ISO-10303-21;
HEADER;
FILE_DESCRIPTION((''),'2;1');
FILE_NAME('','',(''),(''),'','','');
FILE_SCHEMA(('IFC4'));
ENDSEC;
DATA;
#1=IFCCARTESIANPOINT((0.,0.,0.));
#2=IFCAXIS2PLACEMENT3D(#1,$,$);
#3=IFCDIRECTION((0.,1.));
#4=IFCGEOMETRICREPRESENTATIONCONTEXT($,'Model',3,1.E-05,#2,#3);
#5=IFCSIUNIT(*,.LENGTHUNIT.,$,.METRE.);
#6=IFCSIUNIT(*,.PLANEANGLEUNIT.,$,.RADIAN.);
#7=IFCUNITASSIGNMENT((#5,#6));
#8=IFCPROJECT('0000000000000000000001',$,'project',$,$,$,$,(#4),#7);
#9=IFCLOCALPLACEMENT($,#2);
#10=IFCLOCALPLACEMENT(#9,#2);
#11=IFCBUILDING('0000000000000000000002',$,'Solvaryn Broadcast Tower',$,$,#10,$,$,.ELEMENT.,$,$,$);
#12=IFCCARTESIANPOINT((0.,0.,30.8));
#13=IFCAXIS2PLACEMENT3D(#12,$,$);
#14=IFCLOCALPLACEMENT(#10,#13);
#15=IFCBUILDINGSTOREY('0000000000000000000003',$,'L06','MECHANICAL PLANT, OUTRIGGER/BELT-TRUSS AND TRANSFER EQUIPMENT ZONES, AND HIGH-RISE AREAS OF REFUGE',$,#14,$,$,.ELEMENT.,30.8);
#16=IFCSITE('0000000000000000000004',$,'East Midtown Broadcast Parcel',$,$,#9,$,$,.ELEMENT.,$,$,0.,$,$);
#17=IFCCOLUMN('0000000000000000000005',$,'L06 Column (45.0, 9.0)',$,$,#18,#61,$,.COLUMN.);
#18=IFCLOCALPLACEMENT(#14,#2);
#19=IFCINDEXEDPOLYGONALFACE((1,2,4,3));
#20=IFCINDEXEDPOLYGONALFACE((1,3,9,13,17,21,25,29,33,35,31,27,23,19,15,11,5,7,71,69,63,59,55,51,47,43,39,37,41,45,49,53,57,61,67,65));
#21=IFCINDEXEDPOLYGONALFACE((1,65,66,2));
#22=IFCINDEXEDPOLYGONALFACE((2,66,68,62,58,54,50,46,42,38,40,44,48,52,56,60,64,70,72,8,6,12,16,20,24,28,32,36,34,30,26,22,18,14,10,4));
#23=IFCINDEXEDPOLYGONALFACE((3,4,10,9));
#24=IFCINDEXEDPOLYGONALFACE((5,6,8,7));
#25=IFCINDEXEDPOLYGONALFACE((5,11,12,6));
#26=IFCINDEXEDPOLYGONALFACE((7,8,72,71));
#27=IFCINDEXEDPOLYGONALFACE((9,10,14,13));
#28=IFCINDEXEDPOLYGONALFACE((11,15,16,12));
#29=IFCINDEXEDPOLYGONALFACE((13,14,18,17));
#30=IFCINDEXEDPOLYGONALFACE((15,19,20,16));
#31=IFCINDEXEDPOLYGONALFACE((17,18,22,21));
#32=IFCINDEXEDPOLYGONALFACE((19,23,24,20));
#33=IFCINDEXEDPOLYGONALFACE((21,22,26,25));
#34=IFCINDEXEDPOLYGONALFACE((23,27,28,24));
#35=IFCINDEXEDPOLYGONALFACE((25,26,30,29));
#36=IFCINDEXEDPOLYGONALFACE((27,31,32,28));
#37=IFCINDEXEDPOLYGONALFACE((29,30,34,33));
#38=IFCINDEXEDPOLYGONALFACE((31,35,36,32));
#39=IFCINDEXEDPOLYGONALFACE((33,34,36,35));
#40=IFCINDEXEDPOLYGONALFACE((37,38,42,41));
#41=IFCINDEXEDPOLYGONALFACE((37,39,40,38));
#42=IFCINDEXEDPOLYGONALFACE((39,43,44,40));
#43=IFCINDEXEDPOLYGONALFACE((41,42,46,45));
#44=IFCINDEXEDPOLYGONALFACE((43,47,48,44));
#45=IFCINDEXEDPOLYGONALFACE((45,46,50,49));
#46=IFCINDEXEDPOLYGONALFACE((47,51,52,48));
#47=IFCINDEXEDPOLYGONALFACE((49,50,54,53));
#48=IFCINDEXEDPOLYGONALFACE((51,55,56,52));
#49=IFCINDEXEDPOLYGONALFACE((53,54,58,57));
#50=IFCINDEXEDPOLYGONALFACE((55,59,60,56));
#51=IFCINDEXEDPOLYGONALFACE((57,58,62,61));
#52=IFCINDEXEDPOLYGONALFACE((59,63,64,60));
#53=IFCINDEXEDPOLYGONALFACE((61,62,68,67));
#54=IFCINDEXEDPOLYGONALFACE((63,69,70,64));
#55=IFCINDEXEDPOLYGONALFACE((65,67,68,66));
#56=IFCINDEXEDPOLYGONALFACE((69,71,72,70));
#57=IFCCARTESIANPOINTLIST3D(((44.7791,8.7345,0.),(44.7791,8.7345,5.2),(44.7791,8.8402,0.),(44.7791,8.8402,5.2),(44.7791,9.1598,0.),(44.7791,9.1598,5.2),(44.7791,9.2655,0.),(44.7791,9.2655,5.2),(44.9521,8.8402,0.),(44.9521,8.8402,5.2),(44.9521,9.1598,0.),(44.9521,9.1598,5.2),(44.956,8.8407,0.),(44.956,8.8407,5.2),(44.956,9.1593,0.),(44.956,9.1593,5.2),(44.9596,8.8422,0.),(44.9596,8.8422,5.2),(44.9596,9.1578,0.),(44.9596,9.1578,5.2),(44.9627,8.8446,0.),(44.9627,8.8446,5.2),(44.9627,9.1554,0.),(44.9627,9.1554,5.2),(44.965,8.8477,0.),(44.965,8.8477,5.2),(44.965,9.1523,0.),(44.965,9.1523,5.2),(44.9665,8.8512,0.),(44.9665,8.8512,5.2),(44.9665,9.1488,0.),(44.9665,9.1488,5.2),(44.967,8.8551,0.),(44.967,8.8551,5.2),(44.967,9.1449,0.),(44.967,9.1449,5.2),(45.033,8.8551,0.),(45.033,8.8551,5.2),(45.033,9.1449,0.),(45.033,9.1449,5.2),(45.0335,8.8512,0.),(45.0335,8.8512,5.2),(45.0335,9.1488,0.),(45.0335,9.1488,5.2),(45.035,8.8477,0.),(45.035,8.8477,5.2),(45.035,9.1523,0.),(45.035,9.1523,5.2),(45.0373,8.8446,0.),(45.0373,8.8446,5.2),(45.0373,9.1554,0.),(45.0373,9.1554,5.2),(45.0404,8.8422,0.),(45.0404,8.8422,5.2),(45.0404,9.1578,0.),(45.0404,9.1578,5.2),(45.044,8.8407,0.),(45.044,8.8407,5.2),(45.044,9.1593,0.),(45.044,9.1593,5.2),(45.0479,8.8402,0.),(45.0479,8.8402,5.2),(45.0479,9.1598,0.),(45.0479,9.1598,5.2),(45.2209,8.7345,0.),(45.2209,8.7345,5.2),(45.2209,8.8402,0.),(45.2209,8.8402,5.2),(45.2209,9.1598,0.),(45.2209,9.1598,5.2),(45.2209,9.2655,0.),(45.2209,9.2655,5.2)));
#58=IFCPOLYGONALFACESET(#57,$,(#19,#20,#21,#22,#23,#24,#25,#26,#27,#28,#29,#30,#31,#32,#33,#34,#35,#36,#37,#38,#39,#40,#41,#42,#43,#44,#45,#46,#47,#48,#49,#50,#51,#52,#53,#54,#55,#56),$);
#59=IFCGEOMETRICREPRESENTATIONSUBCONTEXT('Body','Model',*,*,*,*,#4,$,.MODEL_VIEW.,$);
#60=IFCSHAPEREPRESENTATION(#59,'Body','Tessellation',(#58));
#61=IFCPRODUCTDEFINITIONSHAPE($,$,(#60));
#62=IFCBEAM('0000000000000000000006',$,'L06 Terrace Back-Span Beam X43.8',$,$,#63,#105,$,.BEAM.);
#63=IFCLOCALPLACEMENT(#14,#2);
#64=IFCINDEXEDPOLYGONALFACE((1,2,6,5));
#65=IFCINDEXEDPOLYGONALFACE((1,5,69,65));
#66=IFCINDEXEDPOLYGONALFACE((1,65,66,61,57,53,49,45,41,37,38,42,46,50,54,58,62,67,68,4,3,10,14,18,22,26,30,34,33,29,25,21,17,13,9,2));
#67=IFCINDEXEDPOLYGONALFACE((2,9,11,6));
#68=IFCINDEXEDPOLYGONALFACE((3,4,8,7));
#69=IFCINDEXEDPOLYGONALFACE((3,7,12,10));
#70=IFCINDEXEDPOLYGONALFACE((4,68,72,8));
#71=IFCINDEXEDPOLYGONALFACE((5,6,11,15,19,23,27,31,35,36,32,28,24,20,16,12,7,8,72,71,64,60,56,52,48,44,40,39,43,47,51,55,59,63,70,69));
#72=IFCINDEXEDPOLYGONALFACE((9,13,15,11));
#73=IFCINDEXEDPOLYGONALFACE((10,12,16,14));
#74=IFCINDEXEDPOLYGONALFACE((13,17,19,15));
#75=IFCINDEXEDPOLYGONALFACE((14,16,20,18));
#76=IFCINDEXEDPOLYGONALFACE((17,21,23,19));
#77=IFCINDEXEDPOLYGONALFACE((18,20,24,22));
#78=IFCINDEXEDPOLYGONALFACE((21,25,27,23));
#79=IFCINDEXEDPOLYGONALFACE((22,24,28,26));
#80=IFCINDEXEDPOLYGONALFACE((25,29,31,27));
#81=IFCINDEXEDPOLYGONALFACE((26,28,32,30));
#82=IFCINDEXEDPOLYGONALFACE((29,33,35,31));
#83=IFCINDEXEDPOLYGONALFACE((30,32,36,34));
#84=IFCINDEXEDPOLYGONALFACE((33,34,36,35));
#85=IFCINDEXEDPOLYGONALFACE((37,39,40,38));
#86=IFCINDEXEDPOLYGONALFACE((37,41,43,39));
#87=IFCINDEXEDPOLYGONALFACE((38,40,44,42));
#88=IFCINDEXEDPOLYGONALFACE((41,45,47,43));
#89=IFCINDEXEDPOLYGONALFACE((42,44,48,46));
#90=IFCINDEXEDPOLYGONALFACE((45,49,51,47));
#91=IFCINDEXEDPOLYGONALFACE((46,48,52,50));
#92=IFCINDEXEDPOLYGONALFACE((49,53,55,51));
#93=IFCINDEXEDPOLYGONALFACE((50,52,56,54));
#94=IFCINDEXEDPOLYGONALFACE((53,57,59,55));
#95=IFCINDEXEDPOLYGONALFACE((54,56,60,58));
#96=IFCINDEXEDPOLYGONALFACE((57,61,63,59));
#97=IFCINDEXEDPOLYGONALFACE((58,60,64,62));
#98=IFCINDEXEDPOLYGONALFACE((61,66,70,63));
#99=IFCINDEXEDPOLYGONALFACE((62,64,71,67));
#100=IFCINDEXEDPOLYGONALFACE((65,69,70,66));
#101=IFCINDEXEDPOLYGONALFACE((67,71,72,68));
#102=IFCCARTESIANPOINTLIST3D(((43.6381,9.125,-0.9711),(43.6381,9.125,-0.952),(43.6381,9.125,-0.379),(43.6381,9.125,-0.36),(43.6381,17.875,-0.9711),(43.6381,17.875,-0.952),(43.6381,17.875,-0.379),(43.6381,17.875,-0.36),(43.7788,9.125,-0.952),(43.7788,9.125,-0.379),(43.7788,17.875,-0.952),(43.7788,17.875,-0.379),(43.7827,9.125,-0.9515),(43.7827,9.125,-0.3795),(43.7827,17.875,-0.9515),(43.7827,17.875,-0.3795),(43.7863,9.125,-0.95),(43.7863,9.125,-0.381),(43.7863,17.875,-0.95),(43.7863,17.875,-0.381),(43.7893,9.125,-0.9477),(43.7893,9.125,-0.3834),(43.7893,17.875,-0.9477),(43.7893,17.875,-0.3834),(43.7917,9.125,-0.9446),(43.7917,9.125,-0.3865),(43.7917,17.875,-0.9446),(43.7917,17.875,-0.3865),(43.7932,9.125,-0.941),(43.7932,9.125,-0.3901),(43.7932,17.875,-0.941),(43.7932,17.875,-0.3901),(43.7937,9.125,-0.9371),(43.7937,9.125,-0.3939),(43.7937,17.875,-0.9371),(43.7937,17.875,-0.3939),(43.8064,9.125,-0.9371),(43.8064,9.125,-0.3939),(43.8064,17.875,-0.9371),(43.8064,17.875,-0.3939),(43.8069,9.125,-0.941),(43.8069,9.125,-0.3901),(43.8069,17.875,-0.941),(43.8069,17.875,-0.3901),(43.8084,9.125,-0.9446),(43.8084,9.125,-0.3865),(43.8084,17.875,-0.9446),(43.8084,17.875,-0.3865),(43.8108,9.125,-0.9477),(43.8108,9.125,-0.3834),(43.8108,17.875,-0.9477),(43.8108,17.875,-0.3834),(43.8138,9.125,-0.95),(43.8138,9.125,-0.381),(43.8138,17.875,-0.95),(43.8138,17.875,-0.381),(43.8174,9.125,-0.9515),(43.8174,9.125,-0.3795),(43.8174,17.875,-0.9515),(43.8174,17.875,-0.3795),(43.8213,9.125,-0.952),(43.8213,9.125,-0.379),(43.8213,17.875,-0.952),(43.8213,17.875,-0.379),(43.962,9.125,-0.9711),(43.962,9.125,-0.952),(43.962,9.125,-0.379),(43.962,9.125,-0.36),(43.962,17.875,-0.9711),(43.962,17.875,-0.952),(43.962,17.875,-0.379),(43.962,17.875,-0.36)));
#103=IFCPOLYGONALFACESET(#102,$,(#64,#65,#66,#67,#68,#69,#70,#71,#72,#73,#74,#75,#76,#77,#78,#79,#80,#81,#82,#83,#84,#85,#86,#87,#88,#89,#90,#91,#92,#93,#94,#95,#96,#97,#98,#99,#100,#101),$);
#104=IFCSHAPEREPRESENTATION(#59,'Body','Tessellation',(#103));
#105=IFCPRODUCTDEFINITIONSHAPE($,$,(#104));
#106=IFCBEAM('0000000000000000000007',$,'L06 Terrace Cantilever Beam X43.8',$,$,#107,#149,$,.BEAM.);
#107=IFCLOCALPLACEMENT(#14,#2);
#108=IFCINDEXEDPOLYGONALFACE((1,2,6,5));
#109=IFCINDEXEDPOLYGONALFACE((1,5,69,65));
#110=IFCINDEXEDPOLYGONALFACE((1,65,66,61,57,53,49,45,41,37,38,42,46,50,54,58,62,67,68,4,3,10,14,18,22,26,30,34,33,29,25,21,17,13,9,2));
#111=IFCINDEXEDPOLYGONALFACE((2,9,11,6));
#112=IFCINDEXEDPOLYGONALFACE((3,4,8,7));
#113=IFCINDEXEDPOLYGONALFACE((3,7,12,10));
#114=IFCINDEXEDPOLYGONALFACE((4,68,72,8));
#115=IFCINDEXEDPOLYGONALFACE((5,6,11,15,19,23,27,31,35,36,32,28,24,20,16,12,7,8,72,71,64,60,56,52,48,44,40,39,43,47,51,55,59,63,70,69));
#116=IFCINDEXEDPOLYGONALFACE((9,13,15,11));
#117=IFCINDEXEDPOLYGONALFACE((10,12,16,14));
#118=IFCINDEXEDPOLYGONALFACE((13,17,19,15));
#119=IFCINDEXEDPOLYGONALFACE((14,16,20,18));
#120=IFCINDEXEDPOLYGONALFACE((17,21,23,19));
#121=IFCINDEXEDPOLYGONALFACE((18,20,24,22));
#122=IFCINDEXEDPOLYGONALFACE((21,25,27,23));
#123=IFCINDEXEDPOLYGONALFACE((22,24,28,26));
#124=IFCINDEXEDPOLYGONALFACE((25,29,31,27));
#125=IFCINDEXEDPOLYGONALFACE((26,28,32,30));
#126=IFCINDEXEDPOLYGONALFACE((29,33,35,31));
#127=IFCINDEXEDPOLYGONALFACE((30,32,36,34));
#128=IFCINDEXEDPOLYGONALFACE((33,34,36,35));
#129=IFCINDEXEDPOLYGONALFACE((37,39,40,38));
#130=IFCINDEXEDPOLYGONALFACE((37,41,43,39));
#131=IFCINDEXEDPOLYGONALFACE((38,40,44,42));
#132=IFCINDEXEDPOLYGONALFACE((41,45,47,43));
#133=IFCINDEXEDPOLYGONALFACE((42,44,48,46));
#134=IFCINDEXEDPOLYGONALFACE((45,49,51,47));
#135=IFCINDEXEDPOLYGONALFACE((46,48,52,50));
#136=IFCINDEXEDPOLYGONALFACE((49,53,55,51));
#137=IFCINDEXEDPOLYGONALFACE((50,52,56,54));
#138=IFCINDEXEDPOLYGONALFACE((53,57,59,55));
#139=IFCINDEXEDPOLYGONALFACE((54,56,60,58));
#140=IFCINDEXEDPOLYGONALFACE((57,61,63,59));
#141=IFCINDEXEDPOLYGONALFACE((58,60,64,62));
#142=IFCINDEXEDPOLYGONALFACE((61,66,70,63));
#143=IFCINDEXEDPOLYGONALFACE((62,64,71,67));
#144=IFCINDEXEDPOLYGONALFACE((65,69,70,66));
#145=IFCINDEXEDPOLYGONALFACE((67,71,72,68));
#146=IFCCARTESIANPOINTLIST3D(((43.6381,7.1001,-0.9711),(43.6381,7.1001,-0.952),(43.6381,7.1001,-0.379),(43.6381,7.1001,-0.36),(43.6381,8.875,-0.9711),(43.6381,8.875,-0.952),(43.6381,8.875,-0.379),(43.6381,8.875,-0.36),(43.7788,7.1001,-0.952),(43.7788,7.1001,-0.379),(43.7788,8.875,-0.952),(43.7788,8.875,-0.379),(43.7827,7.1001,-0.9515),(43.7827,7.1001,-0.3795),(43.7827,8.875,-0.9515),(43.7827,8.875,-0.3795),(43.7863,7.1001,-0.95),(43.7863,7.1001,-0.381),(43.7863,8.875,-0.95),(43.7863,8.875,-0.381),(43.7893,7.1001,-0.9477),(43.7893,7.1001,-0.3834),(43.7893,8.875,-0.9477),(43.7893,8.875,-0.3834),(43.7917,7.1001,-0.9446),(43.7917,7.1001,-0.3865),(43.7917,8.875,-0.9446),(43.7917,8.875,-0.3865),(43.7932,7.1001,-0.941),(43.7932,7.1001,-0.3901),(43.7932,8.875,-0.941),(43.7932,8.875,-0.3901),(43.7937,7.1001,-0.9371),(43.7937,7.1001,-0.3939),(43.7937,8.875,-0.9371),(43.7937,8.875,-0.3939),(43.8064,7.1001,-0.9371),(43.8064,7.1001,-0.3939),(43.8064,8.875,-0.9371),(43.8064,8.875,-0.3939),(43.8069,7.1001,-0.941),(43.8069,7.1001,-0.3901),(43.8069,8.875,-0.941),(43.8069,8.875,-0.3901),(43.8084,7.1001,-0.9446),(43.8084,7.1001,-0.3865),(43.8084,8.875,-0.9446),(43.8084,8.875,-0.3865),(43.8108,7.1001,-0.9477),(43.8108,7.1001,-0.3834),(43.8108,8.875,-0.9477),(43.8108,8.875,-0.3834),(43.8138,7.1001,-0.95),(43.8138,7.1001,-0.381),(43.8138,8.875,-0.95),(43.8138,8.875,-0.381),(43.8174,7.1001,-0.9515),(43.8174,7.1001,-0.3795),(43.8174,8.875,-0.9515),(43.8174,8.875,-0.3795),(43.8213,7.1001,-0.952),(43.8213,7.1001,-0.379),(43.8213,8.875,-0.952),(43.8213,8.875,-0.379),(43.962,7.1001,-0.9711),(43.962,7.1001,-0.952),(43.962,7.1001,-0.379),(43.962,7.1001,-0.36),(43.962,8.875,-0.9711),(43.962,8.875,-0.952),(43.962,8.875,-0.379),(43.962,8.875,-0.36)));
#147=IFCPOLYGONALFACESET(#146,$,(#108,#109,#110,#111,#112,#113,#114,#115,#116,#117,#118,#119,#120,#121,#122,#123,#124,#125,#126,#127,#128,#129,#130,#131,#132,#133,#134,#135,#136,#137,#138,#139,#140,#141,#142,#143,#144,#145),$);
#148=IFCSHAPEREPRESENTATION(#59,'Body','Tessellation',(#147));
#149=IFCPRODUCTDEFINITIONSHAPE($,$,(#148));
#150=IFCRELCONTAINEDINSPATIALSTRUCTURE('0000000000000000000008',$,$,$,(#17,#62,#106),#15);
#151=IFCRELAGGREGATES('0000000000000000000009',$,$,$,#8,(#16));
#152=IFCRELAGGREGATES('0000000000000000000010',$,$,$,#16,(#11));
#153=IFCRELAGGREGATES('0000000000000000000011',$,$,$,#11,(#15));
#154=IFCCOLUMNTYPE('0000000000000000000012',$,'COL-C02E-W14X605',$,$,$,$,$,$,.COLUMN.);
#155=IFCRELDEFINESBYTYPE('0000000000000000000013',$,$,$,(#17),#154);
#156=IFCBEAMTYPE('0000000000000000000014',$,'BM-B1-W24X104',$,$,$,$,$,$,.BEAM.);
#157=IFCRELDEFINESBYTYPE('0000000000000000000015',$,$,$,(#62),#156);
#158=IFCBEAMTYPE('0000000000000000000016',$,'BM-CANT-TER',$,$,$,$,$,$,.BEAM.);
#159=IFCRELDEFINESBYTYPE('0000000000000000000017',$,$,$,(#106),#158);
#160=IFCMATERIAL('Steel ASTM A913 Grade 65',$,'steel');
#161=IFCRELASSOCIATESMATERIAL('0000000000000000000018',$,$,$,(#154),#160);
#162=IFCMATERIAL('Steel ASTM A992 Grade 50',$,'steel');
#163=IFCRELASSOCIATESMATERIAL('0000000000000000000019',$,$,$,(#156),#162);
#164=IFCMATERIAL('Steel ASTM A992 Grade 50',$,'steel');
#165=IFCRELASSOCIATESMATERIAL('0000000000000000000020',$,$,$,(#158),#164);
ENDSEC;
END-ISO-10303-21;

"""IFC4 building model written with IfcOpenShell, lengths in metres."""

from ifc_helpers import new_model, si_unit, direction, frame, origin, origin_2d, place, context, subcontext, project, spatial, i_section, extrude, material, material_profile, profile_set, type_object, element, save


model = new_model("IFC4")

# Units and contexts
model_context = context("Model", 3, precision=1e-05, world=origin(), true_north=direction((0.0, 1.0)))
body_context = subcontext(model_context, "Body", "Model", "MODEL_VIEW")
ifc_project = project(units=[si_unit("LENGTHUNIT", "METRE"), si_unit("PLANEANGLEUNIT", "RADIAN")], contexts=[model_context])

# Site, building, storey
site_placement = place(None, origin())
site = spatial("IfcSite", under=ifc_project, at=site_placement, Name="East Midtown Broadcast Parcel", CompositionType="ELEMENT", RefElevation=0.0)
building_placement = place(site_placement, origin())
building = spatial("IfcBuilding", under=site, at=building_placement, Name="Solvaryn Broadcast Tower", CompositionType="ELEMENT")
storey_placement = place(building_placement, frame((0.0, 0.0, 30.8)))
storey = spatial("IfcBuildingStorey", under=building, at=storey_placement, Name="L06", Description="MECHANICAL PLANT, OUTRIGGER/BELT-TRUSS AND TRANSFER EQUIPMENT ZONES, AND HIGH-RISE AREAS OF REFUGE", CompositionType="ELEMENT", Elevation=30.8)

# Column
ifc_material_1 = material(Name="Steel ASTM A913 Grade 65", Category="steel")
ifc_material_profile_1 = material_profile(ifc_material_1, i_section(OverallWidth=0.4419, OverallDepth=0.531, WebThickness=0.0659, FlangeThickness=0.1057, FilletRadius=0.0149, at=origin_2d()))
ifc_profile_set_1 = profile_set([ifc_material_profile_1], Name="Steel ASTM A913 Grade 65")
column_type = type_object("IfcColumnType", Name="COL-C02E-W14X605", PredefinedType="COLUMN", material=ifc_profile_set_1)
column_placement = place(storey_placement, frame((45.0, 9.0, 0.0), z_axis=(0.0, 0.0, 1.0), x_axis=(1.0, 0.0, 0.0)))
element("IfcColumn", 1, at=column_placement, inside=storey, type_object=column_type, Name="L06 Column (45.0, 9.0)", PredefinedType="COLUMN", context=body_context, shape_type="SweptSolid", body=[
    extrude(i_section(OverallWidth=0.4419, OverallDepth=0.531, WebThickness=0.0659, FlangeThickness=0.1057, FilletRadius=0.0149, at=origin_2d()), origin(), (0.0, 0.0, 1.0), 5.2),
])

# Beams
ifc_material_2 = material(Name="Steel ASTM A992 Grade 50", Category="steel")
ifc_material_profile_2 = material_profile(ifc_material_2, i_section(OverallWidth=0.324, OverallDepth=0.6111, WebThickness=0.0127, FlangeThickness=0.019, FilletRadius=0.0149, at=origin_2d()))
ifc_profile_set_2 = profile_set([ifc_material_profile_2], Name="Steel ASTM A992 Grade 50")
beam_type_1 = type_object("IfcBeamType", Name="BM-B1-W24X104", PredefinedType="BEAM", material=ifc_profile_set_2)
beam_1_placement = place(storey_placement, frame((43.8, 17.875, -0.6655), z_axis=(0.0, -1.0, 0.0), x_axis=(1.0, 0.0, 0.0)))
element("IfcBeam", 2, at=beam_1_placement, inside=storey, type_object=beam_type_1, Name="L06 Terrace Back-Span Beam X43.8", PredefinedType="BEAM", context=body_context, shape_type="SweptSolid", body=[
    extrude(i_section(OverallWidth=0.324, OverallDepth=0.6111, WebThickness=0.0127, FlangeThickness=0.019, FilletRadius=0.0149, at=origin_2d()), origin(), (0.0, 0.0, 1.0), 8.75),
])
ifc_material_3 = material(Name="Steel ASTM A992 Grade 50", Category="steel")
ifc_material_profile_3 = material_profile(ifc_material_3, i_section(OverallWidth=0.324, OverallDepth=0.6111, WebThickness=0.0127, FlangeThickness=0.019, FilletRadius=0.0149, at=origin_2d()))
ifc_profile_set_3 = profile_set([ifc_material_profile_3], Name="Steel ASTM A992 Grade 50")
beam_type_2 = type_object("IfcBeamType", Name="BM-CANT-TER", PredefinedType="BEAM", material=ifc_profile_set_3)
beam_2_placement = place(storey_placement, frame((43.8, 8.875, -0.6655), z_axis=(0.0, -1.0, 0.0), x_axis=(1.0, 0.0, 0.0)))
element("IfcBeam", 3, at=beam_2_placement, inside=storey, type_object=beam_type_2, Name="L06 Terrace Cantilever Beam X43.8", PredefinedType="BEAM", context=body_context, shape_type="SweptSolid", body=[
    extrude(i_section(OverallWidth=0.324, OverallDepth=0.6111, WebThickness=0.0127, FlangeThickness=0.019, FilletRadius=0.0149, at=origin_2d()), origin(), (0.0, 0.0, 1.0), 1.7749),
])

save(model, "model.ifc")
